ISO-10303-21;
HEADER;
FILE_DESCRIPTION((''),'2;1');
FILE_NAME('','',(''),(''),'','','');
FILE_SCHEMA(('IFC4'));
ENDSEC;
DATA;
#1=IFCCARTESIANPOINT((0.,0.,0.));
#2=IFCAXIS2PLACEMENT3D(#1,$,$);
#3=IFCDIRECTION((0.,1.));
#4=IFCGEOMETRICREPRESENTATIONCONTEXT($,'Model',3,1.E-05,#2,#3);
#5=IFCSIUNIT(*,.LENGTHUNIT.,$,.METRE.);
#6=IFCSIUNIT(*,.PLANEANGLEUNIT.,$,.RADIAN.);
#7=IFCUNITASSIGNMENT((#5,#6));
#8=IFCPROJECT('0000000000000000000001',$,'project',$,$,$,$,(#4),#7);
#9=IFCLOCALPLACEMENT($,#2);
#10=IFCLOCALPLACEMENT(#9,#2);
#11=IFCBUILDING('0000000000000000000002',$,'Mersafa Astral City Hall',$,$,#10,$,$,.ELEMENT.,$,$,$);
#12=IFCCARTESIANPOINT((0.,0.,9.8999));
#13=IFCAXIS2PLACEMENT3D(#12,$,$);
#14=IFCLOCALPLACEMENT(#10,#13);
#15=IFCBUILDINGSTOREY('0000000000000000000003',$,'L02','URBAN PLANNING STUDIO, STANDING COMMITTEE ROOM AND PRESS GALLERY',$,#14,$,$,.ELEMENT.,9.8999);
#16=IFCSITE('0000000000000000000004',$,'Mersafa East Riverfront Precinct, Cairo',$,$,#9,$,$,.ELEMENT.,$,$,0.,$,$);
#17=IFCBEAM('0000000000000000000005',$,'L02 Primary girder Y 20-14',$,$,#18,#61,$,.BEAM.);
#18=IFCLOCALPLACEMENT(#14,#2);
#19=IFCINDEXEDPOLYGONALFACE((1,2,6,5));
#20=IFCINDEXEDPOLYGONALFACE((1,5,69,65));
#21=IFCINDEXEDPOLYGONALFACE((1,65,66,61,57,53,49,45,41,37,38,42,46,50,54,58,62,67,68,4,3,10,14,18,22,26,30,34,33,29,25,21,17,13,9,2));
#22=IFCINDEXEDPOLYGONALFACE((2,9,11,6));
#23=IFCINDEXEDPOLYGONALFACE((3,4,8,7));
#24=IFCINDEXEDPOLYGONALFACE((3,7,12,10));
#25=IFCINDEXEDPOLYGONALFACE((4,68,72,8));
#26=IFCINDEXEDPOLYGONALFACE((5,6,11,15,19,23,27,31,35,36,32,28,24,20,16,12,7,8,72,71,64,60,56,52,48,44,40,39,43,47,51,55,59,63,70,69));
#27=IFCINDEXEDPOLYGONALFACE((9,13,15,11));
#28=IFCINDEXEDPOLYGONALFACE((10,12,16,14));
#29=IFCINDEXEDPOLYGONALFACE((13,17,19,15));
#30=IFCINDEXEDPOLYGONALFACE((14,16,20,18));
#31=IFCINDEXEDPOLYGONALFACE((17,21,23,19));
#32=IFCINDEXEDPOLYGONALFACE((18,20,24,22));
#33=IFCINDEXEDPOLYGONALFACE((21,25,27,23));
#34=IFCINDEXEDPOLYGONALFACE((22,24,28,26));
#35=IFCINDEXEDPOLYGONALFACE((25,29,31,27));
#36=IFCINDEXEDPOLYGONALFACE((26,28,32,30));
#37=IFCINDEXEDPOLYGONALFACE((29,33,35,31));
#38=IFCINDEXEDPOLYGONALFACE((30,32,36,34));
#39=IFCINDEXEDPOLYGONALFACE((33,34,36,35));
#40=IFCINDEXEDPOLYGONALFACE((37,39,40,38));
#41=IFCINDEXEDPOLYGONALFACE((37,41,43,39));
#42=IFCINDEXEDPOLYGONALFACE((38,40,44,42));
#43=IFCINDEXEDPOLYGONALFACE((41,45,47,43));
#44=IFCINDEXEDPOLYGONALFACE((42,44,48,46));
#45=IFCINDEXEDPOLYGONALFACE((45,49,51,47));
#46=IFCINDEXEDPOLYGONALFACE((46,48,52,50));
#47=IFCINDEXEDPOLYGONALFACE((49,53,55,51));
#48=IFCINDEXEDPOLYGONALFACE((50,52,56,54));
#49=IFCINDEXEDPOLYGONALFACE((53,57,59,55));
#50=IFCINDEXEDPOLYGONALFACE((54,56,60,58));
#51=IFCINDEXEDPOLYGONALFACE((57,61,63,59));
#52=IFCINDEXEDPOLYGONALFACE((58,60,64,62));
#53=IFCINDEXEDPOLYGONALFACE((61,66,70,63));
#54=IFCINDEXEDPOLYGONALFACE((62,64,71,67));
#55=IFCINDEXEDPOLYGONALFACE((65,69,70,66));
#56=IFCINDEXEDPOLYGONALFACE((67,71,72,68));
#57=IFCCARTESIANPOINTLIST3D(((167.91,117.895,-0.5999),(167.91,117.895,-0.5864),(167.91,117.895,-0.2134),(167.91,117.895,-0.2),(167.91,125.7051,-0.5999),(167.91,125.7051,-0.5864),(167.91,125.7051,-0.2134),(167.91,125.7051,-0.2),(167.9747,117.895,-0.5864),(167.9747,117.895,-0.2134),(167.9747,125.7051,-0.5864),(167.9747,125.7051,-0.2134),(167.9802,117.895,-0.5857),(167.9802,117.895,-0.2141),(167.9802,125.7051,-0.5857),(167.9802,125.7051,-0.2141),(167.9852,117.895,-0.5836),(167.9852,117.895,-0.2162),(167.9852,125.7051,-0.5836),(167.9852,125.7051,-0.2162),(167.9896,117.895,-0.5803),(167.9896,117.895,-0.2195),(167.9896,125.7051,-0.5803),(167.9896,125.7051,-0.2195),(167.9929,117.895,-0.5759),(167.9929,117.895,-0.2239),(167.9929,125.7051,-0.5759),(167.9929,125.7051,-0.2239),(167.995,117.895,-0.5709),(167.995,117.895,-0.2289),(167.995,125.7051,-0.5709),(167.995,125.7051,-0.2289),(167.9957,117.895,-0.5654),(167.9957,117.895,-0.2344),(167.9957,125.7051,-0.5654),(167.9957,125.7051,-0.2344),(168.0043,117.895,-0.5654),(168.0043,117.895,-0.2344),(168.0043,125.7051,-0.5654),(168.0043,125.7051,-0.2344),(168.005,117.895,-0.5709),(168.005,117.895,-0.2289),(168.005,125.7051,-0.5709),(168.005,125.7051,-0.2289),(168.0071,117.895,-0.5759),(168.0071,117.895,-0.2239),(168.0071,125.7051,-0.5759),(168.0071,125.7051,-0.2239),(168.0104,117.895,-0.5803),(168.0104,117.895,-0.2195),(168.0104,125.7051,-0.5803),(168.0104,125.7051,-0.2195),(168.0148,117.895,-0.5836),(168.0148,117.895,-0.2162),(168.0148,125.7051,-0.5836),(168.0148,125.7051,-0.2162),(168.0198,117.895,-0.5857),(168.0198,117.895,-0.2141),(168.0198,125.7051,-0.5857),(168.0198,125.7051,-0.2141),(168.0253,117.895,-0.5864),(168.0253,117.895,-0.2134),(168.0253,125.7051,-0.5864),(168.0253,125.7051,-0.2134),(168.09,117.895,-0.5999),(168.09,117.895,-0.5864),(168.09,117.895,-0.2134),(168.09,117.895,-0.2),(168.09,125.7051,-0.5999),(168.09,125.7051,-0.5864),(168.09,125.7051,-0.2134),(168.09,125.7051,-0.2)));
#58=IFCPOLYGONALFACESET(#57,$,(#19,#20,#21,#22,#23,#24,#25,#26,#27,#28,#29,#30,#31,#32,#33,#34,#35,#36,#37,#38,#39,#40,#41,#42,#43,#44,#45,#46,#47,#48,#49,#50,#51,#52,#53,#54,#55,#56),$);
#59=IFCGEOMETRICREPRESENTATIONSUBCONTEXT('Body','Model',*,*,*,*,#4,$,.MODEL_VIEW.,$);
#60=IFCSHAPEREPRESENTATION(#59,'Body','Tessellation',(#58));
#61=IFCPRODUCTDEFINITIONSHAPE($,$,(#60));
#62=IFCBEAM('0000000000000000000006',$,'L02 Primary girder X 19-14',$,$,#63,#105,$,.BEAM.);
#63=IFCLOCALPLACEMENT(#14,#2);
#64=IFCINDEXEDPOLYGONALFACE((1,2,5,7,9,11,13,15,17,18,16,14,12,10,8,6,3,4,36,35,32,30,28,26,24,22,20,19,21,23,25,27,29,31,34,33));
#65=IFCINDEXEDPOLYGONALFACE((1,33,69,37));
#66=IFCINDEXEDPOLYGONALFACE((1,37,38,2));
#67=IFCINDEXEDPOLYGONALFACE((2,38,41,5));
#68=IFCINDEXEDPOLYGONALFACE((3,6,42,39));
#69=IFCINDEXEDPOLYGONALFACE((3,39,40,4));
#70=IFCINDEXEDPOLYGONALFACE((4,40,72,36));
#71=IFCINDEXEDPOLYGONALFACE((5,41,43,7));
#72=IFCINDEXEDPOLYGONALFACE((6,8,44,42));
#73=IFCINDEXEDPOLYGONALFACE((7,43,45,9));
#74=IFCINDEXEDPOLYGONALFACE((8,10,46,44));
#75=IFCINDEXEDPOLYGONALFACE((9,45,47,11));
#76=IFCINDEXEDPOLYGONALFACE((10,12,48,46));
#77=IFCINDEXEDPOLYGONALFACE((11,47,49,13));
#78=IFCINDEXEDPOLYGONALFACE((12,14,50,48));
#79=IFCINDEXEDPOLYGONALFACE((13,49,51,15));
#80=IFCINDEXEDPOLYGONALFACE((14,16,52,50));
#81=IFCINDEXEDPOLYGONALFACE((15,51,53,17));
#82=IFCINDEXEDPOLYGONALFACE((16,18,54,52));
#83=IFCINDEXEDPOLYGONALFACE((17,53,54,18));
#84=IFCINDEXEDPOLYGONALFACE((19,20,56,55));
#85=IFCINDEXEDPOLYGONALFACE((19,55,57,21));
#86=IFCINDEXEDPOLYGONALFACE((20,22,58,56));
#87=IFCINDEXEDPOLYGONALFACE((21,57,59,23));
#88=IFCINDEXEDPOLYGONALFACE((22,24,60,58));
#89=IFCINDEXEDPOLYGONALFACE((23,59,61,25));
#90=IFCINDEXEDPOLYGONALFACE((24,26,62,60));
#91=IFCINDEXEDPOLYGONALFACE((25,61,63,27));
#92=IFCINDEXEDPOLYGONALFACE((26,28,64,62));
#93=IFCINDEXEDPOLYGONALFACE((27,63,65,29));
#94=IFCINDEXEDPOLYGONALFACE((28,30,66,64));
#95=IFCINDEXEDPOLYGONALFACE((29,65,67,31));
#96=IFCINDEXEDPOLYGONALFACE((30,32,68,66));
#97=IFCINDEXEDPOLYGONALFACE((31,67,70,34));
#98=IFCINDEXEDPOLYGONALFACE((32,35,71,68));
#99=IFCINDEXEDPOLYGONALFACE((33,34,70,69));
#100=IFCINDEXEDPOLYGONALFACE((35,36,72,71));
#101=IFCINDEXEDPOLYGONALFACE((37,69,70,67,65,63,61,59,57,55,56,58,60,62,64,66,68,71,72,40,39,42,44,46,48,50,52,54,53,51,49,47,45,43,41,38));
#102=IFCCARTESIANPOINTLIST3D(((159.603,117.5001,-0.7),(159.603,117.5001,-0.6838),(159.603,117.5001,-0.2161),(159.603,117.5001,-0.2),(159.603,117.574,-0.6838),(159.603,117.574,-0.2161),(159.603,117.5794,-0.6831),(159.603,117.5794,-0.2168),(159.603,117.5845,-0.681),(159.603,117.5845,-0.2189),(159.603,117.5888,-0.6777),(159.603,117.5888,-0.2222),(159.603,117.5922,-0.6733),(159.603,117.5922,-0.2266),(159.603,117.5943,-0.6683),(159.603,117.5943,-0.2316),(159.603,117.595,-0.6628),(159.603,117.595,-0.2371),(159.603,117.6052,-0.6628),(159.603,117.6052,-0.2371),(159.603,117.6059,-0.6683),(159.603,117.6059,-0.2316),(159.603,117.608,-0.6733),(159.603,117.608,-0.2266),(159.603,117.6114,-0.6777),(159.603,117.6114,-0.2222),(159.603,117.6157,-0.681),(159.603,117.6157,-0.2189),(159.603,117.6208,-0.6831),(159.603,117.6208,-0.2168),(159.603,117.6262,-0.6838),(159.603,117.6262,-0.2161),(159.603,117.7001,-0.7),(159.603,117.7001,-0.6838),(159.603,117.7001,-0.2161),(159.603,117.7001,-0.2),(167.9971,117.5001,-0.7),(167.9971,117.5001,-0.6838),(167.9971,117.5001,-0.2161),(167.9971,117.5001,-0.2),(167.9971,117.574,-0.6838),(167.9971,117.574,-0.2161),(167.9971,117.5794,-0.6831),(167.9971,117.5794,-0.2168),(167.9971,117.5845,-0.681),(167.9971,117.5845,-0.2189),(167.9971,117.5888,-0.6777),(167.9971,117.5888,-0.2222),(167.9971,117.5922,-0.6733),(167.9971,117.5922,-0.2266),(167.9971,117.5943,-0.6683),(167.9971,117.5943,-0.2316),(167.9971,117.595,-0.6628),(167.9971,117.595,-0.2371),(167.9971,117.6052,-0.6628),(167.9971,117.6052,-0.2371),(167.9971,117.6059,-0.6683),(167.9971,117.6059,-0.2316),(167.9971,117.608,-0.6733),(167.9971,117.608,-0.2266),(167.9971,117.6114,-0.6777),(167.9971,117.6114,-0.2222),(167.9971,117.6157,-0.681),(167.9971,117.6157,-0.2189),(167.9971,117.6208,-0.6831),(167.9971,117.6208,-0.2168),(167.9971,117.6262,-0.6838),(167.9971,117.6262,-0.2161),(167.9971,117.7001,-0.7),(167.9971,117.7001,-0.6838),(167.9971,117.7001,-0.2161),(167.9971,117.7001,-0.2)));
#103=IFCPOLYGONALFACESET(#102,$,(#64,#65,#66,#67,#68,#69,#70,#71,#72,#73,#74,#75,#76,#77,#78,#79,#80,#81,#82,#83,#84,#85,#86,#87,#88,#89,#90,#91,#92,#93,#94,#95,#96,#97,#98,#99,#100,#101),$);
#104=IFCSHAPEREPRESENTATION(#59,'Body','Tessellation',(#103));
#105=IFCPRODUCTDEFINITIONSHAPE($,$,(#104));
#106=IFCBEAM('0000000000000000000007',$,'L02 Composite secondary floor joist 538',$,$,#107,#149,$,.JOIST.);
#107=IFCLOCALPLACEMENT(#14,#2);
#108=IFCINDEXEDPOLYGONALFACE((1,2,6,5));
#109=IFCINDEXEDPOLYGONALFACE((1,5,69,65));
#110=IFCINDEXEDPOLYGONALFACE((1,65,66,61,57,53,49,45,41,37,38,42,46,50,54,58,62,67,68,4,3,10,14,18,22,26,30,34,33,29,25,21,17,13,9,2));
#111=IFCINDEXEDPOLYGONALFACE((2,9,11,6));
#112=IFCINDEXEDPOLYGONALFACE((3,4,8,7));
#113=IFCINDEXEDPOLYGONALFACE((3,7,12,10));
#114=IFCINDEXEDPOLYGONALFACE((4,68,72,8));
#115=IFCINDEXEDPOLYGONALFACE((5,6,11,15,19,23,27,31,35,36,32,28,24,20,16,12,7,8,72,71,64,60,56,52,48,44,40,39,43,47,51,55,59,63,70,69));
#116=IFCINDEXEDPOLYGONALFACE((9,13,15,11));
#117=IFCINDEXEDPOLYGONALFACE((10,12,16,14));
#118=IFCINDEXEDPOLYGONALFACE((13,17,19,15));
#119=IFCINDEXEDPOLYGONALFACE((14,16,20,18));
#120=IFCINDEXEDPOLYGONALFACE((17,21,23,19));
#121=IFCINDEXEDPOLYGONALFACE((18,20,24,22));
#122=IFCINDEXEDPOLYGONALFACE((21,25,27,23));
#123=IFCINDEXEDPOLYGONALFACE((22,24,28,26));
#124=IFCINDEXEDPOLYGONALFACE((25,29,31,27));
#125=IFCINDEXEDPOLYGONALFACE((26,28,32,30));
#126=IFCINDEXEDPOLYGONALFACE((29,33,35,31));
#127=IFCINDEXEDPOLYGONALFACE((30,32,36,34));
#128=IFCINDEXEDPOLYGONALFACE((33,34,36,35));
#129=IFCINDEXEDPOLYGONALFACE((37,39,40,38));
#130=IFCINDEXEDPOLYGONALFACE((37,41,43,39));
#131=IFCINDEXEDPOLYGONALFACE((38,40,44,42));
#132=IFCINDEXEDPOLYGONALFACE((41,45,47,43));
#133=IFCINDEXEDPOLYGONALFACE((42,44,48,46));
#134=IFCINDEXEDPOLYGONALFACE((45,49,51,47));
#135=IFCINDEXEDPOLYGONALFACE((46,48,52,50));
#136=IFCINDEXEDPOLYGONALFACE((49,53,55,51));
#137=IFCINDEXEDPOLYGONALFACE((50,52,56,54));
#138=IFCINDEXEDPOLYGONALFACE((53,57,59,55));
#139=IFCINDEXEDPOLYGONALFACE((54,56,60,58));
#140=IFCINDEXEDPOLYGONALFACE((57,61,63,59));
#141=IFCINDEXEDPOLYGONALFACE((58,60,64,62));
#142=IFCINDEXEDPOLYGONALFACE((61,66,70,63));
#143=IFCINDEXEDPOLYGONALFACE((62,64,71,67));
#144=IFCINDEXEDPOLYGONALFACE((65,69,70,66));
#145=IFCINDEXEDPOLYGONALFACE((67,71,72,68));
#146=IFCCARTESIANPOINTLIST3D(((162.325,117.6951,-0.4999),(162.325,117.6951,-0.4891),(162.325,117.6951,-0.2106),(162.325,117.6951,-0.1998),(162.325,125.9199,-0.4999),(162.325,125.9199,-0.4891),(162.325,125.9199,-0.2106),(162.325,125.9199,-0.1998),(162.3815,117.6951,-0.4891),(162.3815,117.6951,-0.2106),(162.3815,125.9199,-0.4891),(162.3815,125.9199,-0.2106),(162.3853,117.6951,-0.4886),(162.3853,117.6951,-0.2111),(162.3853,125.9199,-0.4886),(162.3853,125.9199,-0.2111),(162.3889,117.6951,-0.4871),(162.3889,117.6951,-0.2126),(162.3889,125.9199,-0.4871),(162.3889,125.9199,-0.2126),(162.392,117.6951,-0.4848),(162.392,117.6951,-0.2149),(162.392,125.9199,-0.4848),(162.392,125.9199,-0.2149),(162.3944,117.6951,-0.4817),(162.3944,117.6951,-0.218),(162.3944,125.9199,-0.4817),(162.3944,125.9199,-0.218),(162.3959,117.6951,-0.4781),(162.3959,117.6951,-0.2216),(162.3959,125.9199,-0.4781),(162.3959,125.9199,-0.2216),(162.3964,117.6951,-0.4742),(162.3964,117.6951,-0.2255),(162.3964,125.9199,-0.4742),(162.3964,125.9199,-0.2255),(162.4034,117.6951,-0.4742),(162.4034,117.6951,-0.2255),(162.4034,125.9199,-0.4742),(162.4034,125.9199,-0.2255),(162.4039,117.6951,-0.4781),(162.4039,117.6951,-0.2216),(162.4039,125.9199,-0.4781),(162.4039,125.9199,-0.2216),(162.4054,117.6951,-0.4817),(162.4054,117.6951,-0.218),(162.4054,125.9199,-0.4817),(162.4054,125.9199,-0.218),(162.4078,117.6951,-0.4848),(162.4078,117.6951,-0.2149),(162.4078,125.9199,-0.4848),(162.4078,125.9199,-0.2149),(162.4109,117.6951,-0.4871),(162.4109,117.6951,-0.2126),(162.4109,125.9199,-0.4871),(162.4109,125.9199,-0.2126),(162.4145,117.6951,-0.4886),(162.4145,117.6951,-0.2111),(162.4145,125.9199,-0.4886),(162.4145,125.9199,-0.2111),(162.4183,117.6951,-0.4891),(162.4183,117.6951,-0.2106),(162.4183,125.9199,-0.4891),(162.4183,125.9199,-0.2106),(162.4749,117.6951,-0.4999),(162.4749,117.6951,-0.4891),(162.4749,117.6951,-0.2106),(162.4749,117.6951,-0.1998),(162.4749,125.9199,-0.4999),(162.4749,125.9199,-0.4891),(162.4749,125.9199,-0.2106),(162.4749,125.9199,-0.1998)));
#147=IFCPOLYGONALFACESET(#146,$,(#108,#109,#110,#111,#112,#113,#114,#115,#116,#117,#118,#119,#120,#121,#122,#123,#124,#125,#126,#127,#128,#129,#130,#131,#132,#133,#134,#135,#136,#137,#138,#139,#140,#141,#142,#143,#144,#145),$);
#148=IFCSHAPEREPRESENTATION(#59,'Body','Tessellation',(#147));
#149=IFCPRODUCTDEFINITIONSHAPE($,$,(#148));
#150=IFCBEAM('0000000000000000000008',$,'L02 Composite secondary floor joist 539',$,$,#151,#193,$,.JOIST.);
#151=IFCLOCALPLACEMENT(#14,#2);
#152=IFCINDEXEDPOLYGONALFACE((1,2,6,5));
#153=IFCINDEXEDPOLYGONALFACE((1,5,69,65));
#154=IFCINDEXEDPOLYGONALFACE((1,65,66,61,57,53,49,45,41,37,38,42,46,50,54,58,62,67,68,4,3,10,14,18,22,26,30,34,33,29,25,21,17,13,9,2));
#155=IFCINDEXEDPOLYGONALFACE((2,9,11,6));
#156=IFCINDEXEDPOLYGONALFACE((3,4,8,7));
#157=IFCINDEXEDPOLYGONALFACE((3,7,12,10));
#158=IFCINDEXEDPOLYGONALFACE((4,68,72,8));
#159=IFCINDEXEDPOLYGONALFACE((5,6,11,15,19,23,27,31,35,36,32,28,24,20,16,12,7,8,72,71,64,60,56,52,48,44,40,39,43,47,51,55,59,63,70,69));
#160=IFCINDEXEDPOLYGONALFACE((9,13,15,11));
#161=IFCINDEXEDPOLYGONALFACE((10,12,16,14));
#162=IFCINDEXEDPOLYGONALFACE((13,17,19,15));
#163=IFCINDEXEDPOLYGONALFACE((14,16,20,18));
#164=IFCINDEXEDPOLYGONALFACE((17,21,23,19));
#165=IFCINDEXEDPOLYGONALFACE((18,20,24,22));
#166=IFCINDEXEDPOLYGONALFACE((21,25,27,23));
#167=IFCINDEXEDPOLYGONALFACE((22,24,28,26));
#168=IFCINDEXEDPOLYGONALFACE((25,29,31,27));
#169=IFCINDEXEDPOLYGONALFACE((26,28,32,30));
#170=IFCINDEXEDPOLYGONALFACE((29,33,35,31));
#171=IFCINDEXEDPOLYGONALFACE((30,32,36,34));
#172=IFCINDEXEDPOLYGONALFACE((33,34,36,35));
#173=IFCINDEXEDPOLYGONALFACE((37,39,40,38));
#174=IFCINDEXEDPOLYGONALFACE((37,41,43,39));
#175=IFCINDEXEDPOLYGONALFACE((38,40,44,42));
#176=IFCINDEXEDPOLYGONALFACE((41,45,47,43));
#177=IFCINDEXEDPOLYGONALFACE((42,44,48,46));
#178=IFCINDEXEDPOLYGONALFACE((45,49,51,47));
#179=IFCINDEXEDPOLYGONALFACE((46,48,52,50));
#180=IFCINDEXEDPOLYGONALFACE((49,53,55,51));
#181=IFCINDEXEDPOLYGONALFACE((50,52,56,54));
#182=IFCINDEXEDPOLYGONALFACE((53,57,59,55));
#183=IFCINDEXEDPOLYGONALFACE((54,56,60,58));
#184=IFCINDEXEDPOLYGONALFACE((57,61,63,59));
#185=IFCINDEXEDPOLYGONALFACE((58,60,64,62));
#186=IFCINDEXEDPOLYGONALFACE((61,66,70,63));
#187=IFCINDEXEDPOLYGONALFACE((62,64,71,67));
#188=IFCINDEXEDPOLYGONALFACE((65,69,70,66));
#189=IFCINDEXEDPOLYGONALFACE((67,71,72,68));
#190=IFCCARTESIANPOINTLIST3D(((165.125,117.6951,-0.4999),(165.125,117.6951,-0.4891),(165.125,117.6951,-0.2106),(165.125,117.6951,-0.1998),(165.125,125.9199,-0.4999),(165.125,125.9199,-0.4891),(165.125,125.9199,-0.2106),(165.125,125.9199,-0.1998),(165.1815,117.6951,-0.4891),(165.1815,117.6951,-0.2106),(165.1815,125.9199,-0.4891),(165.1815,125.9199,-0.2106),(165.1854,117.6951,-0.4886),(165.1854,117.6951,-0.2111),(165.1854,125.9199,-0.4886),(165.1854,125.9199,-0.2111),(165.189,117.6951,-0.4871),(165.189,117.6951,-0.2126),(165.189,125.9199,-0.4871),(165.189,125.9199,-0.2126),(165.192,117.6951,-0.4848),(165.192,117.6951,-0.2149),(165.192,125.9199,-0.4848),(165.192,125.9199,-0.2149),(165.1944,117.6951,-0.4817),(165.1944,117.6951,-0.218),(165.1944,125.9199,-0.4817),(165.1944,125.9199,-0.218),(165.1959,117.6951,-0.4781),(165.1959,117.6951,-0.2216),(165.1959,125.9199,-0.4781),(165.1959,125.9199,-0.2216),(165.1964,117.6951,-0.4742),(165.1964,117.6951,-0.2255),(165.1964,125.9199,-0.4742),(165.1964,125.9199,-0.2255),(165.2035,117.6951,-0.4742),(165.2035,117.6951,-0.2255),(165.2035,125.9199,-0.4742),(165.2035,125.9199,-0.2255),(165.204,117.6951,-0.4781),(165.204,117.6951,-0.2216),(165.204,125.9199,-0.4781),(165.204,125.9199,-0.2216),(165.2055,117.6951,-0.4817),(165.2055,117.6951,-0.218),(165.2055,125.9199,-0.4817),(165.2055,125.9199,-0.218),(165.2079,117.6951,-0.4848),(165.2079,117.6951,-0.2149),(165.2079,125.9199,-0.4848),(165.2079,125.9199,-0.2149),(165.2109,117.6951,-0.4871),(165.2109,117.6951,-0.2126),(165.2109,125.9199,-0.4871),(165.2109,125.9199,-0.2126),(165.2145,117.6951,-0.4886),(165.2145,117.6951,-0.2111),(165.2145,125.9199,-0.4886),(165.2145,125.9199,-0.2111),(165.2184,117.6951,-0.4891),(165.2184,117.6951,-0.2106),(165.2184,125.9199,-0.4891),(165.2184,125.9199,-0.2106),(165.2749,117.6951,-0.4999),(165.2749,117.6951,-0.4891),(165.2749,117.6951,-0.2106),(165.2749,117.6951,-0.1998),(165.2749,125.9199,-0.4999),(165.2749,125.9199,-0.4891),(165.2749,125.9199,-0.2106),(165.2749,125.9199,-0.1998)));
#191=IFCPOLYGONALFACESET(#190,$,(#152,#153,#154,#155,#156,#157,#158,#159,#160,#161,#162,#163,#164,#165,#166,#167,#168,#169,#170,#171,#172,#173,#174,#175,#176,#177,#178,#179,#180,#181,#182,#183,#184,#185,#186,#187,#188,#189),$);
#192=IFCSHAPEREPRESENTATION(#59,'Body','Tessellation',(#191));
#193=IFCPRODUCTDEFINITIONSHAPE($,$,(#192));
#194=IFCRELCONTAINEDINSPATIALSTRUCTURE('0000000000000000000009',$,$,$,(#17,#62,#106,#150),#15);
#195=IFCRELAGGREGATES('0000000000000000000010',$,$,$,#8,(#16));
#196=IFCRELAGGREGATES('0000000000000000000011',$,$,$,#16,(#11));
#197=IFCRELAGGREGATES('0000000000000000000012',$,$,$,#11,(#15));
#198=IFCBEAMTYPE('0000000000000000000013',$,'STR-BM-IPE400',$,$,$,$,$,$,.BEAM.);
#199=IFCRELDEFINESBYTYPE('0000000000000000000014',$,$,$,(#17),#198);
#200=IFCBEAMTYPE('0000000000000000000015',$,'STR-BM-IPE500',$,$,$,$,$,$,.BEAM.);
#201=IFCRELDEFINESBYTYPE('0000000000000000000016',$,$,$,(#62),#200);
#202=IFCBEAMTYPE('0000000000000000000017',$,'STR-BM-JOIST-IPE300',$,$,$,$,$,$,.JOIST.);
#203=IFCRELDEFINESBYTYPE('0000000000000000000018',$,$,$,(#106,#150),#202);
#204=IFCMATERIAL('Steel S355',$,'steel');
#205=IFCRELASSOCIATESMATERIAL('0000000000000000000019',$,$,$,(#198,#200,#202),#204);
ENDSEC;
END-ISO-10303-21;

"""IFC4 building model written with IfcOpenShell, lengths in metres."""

from ifc_helpers import new_model, si_unit, direction, frame, origin, origin_2d, place, context, subcontext, project, spatial, i_section, extrude, material, material_profile, profile_set, type_object, element, save


model = new_model("IFC4")

# Units and contexts
model_context = context("Model", 3, precision=1e-05, world=origin(), true_north=direction((0.0, 1.0)))
body_context = subcontext(model_context, "Body", "Model", "MODEL_VIEW")
ifc_project = project(units=[si_unit("LENGTHUNIT", "METRE"), si_unit("PLANEANGLEUNIT", "RADIAN")], contexts=[model_context])

# Site, building, storey
site_placement = place(None, origin())
site = spatial("IfcSite", under=ifc_project, at=site_placement, Name="Mersafa East Riverfront Precinct, Cairo", CompositionType="ELEMENT", RefElevation=0.0)
building_placement = place(site_placement, origin())
building = spatial("IfcBuilding", under=site, at=building_placement, Name="Mersafa Astral City Hall", CompositionType="ELEMENT")
storey_placement = place(building_placement, frame((0.0, 0.0, 9.8999)))
storey = spatial("IfcBuildingStorey", under=building, at=storey_placement, Name="L02", Description="URBAN PLANNING STUDIO, STANDING COMMITTEE ROOM AND PRESS GALLERY", CompositionType="ELEMENT", Elevation=9.8999)

# Shared definitions
ifc_material_1 = material(Name="Steel S355", Category="steel")

# Beams
ifc_material_profile_1 = material_profile(ifc_material_1, i_section(OverallWidth=0.1799, OverallDepth=0.3999, WebThickness=0.0085, FlangeThickness=0.0134, FilletRadius=0.021, at=origin_2d()), Name="IPE 400")
ifc_profile_set_1 = profile_set([ifc_material_profile_1], Name="Steel S355")
beam_type_1 = type_object("IfcBeamType", Name="STR-BM-IPE400", PredefinedType="BEAM", material=ifc_profile_set_1)
beam_1_placement = place(storey_placement, frame((168.0, 117.895, -0.3999), z_axis=(0.0, 1.0, 0.0), x_axis=(-1.0, 0.0, 0.0)))
element("IfcBeam", 1, at=beam_1_placement, inside=storey, type_object=beam_type_1, Name="L02 Primary girder Y 20-14", PredefinedType="BEAM", context=body_context, shape_type="SweptSolid", body=[
    extrude(i_section(OverallWidth=0.1799, OverallDepth=0.3999, WebThickness=0.0085, FlangeThickness=0.0134, FilletRadius=0.021, at=origin_2d()), origin(), (0.0, 0.0, 1.0), 7.8101),
])
ifc_material_profile_2 = material_profile(ifc_material_1, i_section(OverallWidth=0.2, OverallDepth=0.5, WebThickness=0.0103, FlangeThickness=0.0161, FilletRadius=0.021, at=origin_2d()), Name="IPE 500")
ifc_profile_set_2 = profile_set([ifc_material_profile_2], Name="Steel S355")
beam_type_2 = type_object("IfcBeamType", Name="STR-BM-IPE500", PredefinedType="BEAM", material=ifc_profile_set_2)
beam_2_placement = place(storey_placement, frame((159.603, 117.6001, -0.45), z_axis=(1.0, 0.0, 0.0), x_axis=(0.0, 1.0, 0.0)))
element("IfcBeam", 2, at=beam_2_placement, inside=storey, type_object=beam_type_2, Name="L02 Primary girder X 19-14", PredefinedType="BEAM", context=body_context, shape_type="SweptSolid", body=[
    extrude(i_section(OverallWidth=0.2, OverallDepth=0.5, WebThickness=0.0103, FlangeThickness=0.0161, FilletRadius=0.021, at=origin_2d()), origin(), (0.0, 0.0, 1.0), 8.394),
])
ifc_material_profile_3 = material_profile(ifc_material_1, i_section(OverallWidth=0.1499, OverallDepth=0.3, WebThickness=0.0071, FlangeThickness=0.0107, FilletRadius=0.0149, at=origin_2d()), Name="IPE 300")
ifc_profile_set_3 = profile_set([ifc_material_profile_3], Name="Steel S355")
beam_type_3 = type_object("IfcBeamType", Name="STR-BM-JOIST-IPE300", PredefinedType="JOIST", material=ifc_profile_set_3)
for number, where, z_axis, x_axis, name in (
    (3, (162.3999, 117.6951, -0.3499), (0.0, 1.0, 0.0), (-1.0, 0.0, 0.0), "L02 Composite secondary floor joist 538"),
    (4, (165.2, 117.6951, -0.3499), (0.0, 1.0, 0.0), (-1.0, 0.0, 0.0), "L02 Composite secondary floor joist 539"),
):
    element("IfcBeam", number, at=place(storey_placement, frame(where, z_axis=z_axis, x_axis=x_axis)), inside=storey, type_object=beam_type_3, Name=name, PredefinedType="JOIST", context=body_context, shape_type="SweptSolid", body=[
        extrude(i_section(OverallWidth=0.1499, OverallDepth=0.3, WebThickness=0.0071, FlangeThickness=0.0107, FilletRadius=0.0149, at=origin_2d()), origin(), (0.0, 0.0, 1.0), 8.2249),
    ])

save(model, "model.ifc")
